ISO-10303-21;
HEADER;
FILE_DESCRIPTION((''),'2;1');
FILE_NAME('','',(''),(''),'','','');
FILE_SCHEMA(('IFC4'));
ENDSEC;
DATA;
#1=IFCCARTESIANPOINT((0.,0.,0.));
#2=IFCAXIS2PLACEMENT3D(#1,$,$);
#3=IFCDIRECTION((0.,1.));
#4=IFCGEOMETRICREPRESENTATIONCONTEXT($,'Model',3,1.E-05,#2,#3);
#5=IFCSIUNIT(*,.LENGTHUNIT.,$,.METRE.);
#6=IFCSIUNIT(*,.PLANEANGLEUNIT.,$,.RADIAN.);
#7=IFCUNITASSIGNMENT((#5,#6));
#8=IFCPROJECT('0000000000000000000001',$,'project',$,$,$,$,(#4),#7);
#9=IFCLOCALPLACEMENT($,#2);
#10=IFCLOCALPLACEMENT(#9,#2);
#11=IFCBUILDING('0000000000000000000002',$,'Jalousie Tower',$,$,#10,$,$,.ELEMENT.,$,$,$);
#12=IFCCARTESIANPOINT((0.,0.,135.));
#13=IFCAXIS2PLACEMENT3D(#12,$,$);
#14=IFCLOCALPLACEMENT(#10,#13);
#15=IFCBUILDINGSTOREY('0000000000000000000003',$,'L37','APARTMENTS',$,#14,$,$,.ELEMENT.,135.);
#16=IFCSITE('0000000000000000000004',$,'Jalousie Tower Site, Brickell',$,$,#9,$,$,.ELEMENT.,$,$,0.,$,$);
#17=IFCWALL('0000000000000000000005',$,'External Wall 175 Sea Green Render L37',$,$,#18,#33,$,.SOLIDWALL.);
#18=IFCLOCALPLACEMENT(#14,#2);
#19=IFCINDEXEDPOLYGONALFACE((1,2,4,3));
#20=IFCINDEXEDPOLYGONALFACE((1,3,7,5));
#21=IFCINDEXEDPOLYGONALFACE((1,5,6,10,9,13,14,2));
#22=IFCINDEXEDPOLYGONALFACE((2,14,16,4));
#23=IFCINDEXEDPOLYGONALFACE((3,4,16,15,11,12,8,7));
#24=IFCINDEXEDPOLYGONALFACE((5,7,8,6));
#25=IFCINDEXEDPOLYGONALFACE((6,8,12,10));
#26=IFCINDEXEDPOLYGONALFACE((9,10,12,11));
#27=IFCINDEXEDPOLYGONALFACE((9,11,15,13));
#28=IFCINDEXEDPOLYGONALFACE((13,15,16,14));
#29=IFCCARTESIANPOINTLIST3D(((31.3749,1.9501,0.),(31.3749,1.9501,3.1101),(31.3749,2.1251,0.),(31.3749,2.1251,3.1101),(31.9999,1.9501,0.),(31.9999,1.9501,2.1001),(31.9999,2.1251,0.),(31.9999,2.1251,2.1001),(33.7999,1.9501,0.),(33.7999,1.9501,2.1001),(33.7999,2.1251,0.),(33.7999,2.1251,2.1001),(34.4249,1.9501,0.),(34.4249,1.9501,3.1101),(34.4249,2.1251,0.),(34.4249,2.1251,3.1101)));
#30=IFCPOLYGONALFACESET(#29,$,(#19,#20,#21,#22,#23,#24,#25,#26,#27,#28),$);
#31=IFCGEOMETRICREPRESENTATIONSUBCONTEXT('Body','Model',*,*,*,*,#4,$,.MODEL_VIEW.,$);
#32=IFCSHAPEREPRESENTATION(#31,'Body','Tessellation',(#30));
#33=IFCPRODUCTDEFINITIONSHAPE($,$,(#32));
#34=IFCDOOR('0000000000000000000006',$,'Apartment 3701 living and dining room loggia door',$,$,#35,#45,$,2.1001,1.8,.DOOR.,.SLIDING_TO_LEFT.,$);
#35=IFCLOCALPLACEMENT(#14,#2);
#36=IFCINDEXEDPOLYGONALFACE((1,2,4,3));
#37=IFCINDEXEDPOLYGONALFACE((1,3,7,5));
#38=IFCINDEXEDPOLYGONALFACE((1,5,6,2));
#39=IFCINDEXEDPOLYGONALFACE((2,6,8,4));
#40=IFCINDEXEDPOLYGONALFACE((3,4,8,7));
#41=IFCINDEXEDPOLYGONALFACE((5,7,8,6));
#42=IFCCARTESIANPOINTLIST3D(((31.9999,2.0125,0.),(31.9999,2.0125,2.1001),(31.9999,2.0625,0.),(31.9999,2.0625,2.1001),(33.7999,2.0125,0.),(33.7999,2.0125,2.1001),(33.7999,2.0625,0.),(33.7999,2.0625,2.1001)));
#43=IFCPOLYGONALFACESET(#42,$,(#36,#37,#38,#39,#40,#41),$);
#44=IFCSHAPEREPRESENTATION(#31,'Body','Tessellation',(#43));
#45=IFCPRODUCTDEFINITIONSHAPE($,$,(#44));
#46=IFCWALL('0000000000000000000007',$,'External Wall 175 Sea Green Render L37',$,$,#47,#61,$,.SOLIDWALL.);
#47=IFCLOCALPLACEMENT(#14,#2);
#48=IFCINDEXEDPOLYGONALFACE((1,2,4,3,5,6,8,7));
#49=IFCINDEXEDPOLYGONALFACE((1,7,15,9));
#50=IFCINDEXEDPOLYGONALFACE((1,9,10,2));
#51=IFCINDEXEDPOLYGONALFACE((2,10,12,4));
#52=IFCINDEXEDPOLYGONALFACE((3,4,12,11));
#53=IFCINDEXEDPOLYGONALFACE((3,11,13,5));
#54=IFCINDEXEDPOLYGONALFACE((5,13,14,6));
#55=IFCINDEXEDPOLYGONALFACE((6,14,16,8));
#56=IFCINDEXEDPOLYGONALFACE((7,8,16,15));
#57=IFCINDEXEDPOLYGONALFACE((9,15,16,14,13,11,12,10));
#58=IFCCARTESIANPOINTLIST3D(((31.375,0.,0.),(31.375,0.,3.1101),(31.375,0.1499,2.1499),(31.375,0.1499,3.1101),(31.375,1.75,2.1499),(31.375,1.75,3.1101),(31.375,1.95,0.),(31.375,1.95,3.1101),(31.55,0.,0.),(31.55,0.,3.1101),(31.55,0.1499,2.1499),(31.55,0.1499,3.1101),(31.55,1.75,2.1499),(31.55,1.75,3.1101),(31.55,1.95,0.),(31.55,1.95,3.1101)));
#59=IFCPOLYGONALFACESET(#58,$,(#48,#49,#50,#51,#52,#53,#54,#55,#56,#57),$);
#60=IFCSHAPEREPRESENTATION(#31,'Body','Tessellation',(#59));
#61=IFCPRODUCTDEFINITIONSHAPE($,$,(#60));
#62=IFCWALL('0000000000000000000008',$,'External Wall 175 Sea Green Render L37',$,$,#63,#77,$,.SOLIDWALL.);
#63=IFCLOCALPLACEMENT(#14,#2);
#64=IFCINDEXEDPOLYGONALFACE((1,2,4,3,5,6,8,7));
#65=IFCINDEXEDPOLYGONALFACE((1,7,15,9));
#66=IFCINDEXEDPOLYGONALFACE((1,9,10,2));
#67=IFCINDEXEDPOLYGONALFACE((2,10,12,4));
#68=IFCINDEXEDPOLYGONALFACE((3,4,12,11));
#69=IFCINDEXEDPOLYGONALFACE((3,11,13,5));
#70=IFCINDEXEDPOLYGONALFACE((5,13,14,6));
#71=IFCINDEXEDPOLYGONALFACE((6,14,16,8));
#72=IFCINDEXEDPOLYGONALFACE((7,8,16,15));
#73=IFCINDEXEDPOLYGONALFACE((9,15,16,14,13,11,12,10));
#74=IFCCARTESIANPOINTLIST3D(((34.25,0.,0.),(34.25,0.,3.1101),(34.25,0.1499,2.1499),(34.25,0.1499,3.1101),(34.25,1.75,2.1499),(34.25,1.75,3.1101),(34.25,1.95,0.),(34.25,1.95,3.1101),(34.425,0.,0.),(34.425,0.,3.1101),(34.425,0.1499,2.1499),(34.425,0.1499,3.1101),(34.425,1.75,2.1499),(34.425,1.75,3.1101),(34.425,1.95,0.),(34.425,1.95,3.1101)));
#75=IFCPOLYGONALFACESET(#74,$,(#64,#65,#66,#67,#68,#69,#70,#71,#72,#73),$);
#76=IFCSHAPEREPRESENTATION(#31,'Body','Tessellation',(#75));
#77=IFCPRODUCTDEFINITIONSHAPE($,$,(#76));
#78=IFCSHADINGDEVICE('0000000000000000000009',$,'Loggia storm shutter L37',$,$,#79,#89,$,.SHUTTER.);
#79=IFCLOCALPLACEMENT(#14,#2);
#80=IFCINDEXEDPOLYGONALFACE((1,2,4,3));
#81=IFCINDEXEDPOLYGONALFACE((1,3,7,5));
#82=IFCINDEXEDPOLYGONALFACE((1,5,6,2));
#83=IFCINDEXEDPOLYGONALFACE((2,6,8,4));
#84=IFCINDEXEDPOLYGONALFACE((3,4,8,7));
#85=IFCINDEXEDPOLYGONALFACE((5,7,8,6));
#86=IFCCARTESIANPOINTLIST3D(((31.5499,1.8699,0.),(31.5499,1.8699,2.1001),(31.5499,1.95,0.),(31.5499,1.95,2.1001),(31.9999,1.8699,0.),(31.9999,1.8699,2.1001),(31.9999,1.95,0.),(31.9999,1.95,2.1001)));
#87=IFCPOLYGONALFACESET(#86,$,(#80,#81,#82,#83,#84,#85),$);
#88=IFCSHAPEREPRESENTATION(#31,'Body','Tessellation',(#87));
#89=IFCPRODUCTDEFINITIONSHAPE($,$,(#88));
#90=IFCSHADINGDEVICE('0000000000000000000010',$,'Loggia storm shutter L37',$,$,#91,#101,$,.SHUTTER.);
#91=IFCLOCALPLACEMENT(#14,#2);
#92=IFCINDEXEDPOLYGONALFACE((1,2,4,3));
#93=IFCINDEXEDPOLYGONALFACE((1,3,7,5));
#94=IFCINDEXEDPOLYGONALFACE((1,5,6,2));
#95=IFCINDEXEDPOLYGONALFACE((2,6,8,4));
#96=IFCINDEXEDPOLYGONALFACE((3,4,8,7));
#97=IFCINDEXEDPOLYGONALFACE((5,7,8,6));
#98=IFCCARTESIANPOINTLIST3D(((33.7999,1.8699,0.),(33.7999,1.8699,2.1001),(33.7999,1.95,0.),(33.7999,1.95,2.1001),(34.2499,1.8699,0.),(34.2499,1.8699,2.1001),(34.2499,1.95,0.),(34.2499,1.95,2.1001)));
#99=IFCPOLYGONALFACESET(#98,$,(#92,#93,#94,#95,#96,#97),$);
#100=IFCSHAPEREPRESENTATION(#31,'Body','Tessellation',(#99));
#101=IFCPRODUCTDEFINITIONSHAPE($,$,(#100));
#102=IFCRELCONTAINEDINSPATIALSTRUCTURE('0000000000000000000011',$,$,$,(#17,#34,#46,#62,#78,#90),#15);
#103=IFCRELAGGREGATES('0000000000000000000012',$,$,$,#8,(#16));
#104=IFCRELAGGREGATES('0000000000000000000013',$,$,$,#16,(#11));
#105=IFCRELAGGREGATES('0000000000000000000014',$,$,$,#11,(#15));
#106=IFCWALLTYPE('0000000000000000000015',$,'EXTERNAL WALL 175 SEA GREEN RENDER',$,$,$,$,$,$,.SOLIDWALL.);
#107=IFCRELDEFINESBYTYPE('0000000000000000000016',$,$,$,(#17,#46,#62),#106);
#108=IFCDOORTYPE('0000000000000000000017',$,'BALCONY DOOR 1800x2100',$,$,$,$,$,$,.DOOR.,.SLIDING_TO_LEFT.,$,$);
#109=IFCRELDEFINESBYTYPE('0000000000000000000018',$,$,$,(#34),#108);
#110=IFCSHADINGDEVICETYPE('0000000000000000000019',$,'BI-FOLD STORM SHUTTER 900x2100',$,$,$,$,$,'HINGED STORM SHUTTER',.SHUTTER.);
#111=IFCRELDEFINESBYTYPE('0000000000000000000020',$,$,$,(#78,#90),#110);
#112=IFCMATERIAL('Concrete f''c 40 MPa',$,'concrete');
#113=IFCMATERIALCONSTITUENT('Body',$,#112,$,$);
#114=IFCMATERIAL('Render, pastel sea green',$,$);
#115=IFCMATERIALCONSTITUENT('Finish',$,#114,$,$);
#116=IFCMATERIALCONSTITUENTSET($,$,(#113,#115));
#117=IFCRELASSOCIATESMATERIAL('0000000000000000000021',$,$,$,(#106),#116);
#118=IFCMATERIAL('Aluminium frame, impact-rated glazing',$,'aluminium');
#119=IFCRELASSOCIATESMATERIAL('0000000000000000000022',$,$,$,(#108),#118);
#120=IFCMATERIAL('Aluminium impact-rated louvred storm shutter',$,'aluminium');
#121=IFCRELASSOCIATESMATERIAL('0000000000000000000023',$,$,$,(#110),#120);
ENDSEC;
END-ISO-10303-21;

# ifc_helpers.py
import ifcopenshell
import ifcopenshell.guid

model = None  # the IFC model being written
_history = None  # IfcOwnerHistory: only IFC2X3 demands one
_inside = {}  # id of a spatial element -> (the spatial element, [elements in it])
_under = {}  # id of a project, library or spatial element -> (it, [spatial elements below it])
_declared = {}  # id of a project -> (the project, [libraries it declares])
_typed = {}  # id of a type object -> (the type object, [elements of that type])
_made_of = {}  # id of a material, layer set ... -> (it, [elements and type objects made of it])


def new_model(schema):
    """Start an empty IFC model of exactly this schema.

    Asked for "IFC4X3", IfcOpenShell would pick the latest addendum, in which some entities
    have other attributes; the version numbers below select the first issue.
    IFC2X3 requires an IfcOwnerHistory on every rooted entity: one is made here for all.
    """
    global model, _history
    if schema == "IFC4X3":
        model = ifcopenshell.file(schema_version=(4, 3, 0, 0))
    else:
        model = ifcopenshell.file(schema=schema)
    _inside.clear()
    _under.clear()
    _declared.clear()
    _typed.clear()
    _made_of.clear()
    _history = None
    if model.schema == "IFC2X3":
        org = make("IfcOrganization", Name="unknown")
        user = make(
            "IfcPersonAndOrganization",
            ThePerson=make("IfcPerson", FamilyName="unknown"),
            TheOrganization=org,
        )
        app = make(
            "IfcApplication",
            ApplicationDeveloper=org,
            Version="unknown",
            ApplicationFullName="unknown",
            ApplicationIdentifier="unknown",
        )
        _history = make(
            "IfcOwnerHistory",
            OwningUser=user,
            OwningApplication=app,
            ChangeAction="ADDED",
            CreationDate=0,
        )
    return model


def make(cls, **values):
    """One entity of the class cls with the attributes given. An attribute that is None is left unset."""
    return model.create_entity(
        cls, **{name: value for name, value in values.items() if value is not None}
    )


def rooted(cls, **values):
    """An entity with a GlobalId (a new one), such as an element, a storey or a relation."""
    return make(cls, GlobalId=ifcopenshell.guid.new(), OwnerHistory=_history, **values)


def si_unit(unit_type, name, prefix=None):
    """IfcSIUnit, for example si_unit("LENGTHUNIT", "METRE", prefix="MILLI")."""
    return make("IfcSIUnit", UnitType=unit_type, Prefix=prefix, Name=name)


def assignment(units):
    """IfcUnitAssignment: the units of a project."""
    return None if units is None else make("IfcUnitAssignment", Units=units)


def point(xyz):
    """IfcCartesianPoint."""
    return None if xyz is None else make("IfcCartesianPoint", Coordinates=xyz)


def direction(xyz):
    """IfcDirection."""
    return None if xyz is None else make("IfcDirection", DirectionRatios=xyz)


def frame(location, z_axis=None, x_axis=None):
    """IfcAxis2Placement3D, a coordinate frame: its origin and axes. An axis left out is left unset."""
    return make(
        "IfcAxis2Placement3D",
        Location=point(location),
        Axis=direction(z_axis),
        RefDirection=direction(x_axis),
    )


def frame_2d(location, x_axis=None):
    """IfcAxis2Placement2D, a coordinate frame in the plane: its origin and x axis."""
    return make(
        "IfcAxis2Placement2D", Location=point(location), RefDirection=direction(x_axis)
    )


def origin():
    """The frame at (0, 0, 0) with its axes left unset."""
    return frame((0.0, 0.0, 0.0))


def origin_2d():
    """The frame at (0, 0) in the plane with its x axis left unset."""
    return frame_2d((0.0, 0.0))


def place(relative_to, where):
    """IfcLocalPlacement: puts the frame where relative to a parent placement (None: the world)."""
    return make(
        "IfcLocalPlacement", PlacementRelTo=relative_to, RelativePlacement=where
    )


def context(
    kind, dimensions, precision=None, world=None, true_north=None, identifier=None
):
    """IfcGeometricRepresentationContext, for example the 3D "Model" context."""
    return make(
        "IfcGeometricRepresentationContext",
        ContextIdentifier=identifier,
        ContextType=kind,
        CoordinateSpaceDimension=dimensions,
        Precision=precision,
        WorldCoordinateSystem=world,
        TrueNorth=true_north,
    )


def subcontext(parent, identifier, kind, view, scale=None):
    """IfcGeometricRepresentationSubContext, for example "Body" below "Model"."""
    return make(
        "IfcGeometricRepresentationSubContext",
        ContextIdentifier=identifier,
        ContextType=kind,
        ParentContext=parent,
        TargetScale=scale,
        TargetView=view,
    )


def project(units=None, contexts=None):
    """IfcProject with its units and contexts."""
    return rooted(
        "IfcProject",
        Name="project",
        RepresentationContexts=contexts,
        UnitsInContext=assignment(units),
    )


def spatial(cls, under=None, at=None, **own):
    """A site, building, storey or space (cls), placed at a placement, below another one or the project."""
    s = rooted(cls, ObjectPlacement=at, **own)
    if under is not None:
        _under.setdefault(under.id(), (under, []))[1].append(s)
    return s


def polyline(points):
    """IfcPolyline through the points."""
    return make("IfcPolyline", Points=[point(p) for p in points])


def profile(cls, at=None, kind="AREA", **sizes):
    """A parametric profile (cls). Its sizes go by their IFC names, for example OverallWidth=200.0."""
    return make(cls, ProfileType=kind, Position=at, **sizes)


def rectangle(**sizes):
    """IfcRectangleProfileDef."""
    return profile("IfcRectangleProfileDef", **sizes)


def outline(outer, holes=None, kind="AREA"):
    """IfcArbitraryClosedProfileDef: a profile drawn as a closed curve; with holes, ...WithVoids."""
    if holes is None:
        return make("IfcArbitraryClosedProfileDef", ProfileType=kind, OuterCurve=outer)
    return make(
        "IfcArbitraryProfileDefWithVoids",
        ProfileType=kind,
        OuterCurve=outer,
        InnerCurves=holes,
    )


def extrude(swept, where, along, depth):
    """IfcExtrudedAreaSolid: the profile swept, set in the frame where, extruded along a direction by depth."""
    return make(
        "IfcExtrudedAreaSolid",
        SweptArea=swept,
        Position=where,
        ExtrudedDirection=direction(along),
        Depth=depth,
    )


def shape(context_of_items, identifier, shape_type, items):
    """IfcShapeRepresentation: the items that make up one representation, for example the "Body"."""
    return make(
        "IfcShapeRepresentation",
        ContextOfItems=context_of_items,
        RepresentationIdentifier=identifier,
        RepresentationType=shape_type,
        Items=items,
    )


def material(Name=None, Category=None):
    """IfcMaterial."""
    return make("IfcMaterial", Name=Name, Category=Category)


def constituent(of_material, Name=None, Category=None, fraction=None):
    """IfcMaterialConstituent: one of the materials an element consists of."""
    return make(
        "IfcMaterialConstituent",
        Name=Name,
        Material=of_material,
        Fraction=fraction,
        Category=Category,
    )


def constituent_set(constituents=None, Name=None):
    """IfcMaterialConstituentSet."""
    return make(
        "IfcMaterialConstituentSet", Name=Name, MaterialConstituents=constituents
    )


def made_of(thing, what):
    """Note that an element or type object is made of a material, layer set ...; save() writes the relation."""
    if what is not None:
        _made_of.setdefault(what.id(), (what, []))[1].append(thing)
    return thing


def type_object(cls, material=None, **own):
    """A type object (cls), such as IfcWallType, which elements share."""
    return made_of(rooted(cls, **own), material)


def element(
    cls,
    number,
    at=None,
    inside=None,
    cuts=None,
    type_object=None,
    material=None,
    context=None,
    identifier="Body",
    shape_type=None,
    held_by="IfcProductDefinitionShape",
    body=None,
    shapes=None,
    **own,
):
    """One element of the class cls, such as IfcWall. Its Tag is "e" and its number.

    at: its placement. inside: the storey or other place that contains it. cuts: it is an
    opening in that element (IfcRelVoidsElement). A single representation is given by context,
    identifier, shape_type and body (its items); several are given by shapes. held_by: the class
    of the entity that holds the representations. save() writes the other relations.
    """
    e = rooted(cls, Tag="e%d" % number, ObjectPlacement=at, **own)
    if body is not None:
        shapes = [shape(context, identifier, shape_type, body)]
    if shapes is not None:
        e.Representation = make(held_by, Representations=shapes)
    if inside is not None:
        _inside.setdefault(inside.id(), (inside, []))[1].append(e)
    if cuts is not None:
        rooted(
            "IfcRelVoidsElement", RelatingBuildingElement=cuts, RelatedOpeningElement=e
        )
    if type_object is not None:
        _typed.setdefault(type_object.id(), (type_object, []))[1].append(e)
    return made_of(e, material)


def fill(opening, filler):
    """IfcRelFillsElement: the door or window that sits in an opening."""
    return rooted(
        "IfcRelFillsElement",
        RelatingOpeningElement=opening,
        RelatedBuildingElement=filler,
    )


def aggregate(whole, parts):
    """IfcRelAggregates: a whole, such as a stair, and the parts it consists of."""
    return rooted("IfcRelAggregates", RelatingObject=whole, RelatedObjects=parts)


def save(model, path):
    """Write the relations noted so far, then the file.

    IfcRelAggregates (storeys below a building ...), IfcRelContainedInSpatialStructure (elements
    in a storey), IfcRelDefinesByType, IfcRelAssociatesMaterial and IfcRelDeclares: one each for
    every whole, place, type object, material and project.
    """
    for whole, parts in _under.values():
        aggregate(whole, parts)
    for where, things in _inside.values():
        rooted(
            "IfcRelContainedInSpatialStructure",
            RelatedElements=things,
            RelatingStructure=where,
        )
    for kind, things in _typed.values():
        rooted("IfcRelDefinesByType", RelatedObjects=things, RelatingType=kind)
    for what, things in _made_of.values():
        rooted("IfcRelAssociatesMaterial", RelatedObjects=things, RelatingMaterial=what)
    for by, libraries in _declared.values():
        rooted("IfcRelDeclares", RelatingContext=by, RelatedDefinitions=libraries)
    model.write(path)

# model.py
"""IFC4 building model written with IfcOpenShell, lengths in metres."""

from ifc_helpers import new_model, si_unit, direction, frame, frame_2d, origin, origin_2d, place, context, subcontext, project, spatial, polyline, rectangle, outline, extrude, material, constituent, constituent_set, type_object, element, fill, save


model = new_model("IFC4")

# Units and contexts
model_context = context("Model", 3, precision=1e-05, world=origin(), true_north=direction((0.0, 1.0)))
body_context = subcontext(model_context, "Body", "Model", "MODEL_VIEW")
ifc_project = project(units=[si_unit("LENGTHUNIT", "METRE"), si_unit("PLANEANGLEUNIT", "RADIAN")], contexts=[model_context])

# Site, building, storey
site_placement = place(None, origin())
site = spatial("IfcSite", under=ifc_project, at=site_placement, Name="Jalousie Tower Site, Brickell", CompositionType="ELEMENT", RefElevation=0.0)
building_placement = place(site_placement, origin())
building = spatial("IfcBuilding", under=site, at=building_placement, Name="Jalousie Tower", CompositionType="ELEMENT")
storey_placement = place(building_placement, frame((0.0, 0.0, 135.0)))
storey = spatial("IfcBuildingStorey", under=building, at=storey_placement, Name="L37", Description="APARTMENTS", CompositionType="ELEMENT", Elevation=135.0)

# Shared definitions
ifc_material_1 = material(Name="Concrete f'c 40 MPa", Category="concrete")
ifc_constituent_1 = constituent(ifc_material_1, Name="Body")
ifc_material_2 = material(Name="Render, pastel sea green")
ifc_constituent_2 = constituent(ifc_material_2, Name="Finish")
ifc_constituent_set = constituent_set(constituents=[ifc_constituent_1, ifc_constituent_2])
wall_type_1 = type_object("IfcWallType", Name="EXTERNAL WALL 175 SEA GREEN RENDER", PredefinedType="SOLIDWALL", material=ifc_constituent_set)

# Wall, opening, door
wall_1_placement = place(storey_placement, frame((31.375, 2.0376, 0.0), z_axis=(0.0, 0.0, 1.0), x_axis=(1.0, 0.0, 0.0)))
wall_1 = element("IfcWall", 1, at=wall_1_placement, inside=storey, type_object=wall_type_1, Name="External Wall 175 Sea Green Render L37", PredefinedType="SOLIDWALL", context=body_context, shape_type="SweptSolid", body=[
    extrude(rectangle(XDim=3.05, YDim=0.175, at=frame_2d((1.5249, 0.0))), origin(), (0.0, 0.0, 1.0), 3.1101),
])
opening_1_placement = place(wall_1_placement, frame((0.625, 0.0, 0.0)))
opening_1 = element("IfcOpeningElement", 2, at=opening_1_placement, cuts=wall_1, PredefinedType="OPENING", context=body_context, shape_type="SweptSolid", body=[
    extrude(rectangle(XDim=1.8, YDim=2.1001, at=frame_2d((0.8999, 1.05))), frame((0.0, 0.0974, 0.0), z_axis=(0.0, -1.0, 0.0), x_axis=(1.0, 0.0, 0.0)), (0.0, 0.0, 1.0), 0.1951),
])
ifc_material_3 = material(Name="Aluminium frame, impact-rated glazing", Category="aluminium")
door_type_1 = type_object("IfcDoorType", Name="BALCONY DOOR 1800x2100", OperationType="SLIDING_TO_LEFT", PredefinedType="DOOR", material=ifc_material_3)
door_1_placement = place(opening_1_placement, origin())
door_1 = element("IfcDoor", 3, at=door_1_placement, inside=storey, type_object=door_type_1, Name="Apartment 3701 living and dining room loggia door", OperationType="SLIDING_TO_LEFT", OverallHeight=2.1001, OverallWidth=1.8, PredefinedType="DOOR", context=body_context, shape_type="SweptSolid", body=[
    extrude(rectangle(XDim=1.8, YDim=2.1001, at=frame_2d((0.8999, 1.05))), frame((0.0, 0.0249, 0.0), z_axis=(0.0, -1.0, 0.0), x_axis=(1.0, 0.0, 0.0)), (0.0, 0.0, 1.0), 0.05),
])
fill(opening_1, door_1)

# Walls
for number, where, z_axis, x_axis, name in (
    (4, (31.4624, 0.0, 0.0), (0.0, 0.0, 1.0), (0.0, 1.0, 0.0), "External Wall 175 Sea Green Render L37"),
    (5, (34.3374, 0.0, 0.0), (0.0, 0.0, 1.0), (0.0, 1.0, 0.0), "External Wall 175 Sea Green Render L37"),
):
    element("IfcWall", number, at=place(storey_placement, frame(where, z_axis=z_axis, x_axis=x_axis)), inside=storey, type_object=wall_type_1, Name=name, PredefinedType="SOLIDWALL", context=body_context, shape_type="SweptSolid", body=[
        extrude(outline(polyline([(0.0, 0.0), (1.95, 0.0), (1.95, 3.1101), (1.75, 3.1101), (1.75, 2.1499), (0.1499, 2.1499), (0.1499, 3.1101), (0.0, 3.1101), (0.0, 0.0)])), frame((0.0, 0.0874, 0.0), z_axis=(0.0, -1.0, 0.0), x_axis=(1.0, 0.0, 0.0)), (0.0, 0.0, 1.0), 0.175),
    ])

# Shading devices
ifc_material_4 = material(Name="Aluminium impact-rated louvred storm shutter", Category="aluminium")
shading_device_type_1 = type_object("IfcShadingDeviceType", Name="BI-FOLD STORM SHUTTER 900x2100", ElementType="HINGED STORM SHUTTER", PredefinedType="SHUTTER", material=ifc_material_4)
for number, where, z_axis, x_axis, name in (
    (6, (31.7749, 1.9099, 0.0), (0.0, 0.0, 1.0), (1.0, 0.0, 0.0), "Loggia storm shutter L37"),
    (7, (34.0249, 1.9099, 0.0), (0.0, 0.0, 1.0), (1.0, 0.0, 0.0), "Loggia storm shutter L37"),
):
    element("IfcShadingDevice", number, at=place(storey_placement, frame(where, z_axis=z_axis, x_axis=x_axis)), inside=storey, type_object=shading_device_type_1, Name=name, PredefinedType="SHUTTER", context=body_context, shape_type="SweptSolid", body=[
        extrude(rectangle(XDim=0.45, YDim=0.0801, at=origin_2d()), origin(), (0.0, 0.0, 1.0), 2.1001),
    ])

save(model, "model.ifc")
